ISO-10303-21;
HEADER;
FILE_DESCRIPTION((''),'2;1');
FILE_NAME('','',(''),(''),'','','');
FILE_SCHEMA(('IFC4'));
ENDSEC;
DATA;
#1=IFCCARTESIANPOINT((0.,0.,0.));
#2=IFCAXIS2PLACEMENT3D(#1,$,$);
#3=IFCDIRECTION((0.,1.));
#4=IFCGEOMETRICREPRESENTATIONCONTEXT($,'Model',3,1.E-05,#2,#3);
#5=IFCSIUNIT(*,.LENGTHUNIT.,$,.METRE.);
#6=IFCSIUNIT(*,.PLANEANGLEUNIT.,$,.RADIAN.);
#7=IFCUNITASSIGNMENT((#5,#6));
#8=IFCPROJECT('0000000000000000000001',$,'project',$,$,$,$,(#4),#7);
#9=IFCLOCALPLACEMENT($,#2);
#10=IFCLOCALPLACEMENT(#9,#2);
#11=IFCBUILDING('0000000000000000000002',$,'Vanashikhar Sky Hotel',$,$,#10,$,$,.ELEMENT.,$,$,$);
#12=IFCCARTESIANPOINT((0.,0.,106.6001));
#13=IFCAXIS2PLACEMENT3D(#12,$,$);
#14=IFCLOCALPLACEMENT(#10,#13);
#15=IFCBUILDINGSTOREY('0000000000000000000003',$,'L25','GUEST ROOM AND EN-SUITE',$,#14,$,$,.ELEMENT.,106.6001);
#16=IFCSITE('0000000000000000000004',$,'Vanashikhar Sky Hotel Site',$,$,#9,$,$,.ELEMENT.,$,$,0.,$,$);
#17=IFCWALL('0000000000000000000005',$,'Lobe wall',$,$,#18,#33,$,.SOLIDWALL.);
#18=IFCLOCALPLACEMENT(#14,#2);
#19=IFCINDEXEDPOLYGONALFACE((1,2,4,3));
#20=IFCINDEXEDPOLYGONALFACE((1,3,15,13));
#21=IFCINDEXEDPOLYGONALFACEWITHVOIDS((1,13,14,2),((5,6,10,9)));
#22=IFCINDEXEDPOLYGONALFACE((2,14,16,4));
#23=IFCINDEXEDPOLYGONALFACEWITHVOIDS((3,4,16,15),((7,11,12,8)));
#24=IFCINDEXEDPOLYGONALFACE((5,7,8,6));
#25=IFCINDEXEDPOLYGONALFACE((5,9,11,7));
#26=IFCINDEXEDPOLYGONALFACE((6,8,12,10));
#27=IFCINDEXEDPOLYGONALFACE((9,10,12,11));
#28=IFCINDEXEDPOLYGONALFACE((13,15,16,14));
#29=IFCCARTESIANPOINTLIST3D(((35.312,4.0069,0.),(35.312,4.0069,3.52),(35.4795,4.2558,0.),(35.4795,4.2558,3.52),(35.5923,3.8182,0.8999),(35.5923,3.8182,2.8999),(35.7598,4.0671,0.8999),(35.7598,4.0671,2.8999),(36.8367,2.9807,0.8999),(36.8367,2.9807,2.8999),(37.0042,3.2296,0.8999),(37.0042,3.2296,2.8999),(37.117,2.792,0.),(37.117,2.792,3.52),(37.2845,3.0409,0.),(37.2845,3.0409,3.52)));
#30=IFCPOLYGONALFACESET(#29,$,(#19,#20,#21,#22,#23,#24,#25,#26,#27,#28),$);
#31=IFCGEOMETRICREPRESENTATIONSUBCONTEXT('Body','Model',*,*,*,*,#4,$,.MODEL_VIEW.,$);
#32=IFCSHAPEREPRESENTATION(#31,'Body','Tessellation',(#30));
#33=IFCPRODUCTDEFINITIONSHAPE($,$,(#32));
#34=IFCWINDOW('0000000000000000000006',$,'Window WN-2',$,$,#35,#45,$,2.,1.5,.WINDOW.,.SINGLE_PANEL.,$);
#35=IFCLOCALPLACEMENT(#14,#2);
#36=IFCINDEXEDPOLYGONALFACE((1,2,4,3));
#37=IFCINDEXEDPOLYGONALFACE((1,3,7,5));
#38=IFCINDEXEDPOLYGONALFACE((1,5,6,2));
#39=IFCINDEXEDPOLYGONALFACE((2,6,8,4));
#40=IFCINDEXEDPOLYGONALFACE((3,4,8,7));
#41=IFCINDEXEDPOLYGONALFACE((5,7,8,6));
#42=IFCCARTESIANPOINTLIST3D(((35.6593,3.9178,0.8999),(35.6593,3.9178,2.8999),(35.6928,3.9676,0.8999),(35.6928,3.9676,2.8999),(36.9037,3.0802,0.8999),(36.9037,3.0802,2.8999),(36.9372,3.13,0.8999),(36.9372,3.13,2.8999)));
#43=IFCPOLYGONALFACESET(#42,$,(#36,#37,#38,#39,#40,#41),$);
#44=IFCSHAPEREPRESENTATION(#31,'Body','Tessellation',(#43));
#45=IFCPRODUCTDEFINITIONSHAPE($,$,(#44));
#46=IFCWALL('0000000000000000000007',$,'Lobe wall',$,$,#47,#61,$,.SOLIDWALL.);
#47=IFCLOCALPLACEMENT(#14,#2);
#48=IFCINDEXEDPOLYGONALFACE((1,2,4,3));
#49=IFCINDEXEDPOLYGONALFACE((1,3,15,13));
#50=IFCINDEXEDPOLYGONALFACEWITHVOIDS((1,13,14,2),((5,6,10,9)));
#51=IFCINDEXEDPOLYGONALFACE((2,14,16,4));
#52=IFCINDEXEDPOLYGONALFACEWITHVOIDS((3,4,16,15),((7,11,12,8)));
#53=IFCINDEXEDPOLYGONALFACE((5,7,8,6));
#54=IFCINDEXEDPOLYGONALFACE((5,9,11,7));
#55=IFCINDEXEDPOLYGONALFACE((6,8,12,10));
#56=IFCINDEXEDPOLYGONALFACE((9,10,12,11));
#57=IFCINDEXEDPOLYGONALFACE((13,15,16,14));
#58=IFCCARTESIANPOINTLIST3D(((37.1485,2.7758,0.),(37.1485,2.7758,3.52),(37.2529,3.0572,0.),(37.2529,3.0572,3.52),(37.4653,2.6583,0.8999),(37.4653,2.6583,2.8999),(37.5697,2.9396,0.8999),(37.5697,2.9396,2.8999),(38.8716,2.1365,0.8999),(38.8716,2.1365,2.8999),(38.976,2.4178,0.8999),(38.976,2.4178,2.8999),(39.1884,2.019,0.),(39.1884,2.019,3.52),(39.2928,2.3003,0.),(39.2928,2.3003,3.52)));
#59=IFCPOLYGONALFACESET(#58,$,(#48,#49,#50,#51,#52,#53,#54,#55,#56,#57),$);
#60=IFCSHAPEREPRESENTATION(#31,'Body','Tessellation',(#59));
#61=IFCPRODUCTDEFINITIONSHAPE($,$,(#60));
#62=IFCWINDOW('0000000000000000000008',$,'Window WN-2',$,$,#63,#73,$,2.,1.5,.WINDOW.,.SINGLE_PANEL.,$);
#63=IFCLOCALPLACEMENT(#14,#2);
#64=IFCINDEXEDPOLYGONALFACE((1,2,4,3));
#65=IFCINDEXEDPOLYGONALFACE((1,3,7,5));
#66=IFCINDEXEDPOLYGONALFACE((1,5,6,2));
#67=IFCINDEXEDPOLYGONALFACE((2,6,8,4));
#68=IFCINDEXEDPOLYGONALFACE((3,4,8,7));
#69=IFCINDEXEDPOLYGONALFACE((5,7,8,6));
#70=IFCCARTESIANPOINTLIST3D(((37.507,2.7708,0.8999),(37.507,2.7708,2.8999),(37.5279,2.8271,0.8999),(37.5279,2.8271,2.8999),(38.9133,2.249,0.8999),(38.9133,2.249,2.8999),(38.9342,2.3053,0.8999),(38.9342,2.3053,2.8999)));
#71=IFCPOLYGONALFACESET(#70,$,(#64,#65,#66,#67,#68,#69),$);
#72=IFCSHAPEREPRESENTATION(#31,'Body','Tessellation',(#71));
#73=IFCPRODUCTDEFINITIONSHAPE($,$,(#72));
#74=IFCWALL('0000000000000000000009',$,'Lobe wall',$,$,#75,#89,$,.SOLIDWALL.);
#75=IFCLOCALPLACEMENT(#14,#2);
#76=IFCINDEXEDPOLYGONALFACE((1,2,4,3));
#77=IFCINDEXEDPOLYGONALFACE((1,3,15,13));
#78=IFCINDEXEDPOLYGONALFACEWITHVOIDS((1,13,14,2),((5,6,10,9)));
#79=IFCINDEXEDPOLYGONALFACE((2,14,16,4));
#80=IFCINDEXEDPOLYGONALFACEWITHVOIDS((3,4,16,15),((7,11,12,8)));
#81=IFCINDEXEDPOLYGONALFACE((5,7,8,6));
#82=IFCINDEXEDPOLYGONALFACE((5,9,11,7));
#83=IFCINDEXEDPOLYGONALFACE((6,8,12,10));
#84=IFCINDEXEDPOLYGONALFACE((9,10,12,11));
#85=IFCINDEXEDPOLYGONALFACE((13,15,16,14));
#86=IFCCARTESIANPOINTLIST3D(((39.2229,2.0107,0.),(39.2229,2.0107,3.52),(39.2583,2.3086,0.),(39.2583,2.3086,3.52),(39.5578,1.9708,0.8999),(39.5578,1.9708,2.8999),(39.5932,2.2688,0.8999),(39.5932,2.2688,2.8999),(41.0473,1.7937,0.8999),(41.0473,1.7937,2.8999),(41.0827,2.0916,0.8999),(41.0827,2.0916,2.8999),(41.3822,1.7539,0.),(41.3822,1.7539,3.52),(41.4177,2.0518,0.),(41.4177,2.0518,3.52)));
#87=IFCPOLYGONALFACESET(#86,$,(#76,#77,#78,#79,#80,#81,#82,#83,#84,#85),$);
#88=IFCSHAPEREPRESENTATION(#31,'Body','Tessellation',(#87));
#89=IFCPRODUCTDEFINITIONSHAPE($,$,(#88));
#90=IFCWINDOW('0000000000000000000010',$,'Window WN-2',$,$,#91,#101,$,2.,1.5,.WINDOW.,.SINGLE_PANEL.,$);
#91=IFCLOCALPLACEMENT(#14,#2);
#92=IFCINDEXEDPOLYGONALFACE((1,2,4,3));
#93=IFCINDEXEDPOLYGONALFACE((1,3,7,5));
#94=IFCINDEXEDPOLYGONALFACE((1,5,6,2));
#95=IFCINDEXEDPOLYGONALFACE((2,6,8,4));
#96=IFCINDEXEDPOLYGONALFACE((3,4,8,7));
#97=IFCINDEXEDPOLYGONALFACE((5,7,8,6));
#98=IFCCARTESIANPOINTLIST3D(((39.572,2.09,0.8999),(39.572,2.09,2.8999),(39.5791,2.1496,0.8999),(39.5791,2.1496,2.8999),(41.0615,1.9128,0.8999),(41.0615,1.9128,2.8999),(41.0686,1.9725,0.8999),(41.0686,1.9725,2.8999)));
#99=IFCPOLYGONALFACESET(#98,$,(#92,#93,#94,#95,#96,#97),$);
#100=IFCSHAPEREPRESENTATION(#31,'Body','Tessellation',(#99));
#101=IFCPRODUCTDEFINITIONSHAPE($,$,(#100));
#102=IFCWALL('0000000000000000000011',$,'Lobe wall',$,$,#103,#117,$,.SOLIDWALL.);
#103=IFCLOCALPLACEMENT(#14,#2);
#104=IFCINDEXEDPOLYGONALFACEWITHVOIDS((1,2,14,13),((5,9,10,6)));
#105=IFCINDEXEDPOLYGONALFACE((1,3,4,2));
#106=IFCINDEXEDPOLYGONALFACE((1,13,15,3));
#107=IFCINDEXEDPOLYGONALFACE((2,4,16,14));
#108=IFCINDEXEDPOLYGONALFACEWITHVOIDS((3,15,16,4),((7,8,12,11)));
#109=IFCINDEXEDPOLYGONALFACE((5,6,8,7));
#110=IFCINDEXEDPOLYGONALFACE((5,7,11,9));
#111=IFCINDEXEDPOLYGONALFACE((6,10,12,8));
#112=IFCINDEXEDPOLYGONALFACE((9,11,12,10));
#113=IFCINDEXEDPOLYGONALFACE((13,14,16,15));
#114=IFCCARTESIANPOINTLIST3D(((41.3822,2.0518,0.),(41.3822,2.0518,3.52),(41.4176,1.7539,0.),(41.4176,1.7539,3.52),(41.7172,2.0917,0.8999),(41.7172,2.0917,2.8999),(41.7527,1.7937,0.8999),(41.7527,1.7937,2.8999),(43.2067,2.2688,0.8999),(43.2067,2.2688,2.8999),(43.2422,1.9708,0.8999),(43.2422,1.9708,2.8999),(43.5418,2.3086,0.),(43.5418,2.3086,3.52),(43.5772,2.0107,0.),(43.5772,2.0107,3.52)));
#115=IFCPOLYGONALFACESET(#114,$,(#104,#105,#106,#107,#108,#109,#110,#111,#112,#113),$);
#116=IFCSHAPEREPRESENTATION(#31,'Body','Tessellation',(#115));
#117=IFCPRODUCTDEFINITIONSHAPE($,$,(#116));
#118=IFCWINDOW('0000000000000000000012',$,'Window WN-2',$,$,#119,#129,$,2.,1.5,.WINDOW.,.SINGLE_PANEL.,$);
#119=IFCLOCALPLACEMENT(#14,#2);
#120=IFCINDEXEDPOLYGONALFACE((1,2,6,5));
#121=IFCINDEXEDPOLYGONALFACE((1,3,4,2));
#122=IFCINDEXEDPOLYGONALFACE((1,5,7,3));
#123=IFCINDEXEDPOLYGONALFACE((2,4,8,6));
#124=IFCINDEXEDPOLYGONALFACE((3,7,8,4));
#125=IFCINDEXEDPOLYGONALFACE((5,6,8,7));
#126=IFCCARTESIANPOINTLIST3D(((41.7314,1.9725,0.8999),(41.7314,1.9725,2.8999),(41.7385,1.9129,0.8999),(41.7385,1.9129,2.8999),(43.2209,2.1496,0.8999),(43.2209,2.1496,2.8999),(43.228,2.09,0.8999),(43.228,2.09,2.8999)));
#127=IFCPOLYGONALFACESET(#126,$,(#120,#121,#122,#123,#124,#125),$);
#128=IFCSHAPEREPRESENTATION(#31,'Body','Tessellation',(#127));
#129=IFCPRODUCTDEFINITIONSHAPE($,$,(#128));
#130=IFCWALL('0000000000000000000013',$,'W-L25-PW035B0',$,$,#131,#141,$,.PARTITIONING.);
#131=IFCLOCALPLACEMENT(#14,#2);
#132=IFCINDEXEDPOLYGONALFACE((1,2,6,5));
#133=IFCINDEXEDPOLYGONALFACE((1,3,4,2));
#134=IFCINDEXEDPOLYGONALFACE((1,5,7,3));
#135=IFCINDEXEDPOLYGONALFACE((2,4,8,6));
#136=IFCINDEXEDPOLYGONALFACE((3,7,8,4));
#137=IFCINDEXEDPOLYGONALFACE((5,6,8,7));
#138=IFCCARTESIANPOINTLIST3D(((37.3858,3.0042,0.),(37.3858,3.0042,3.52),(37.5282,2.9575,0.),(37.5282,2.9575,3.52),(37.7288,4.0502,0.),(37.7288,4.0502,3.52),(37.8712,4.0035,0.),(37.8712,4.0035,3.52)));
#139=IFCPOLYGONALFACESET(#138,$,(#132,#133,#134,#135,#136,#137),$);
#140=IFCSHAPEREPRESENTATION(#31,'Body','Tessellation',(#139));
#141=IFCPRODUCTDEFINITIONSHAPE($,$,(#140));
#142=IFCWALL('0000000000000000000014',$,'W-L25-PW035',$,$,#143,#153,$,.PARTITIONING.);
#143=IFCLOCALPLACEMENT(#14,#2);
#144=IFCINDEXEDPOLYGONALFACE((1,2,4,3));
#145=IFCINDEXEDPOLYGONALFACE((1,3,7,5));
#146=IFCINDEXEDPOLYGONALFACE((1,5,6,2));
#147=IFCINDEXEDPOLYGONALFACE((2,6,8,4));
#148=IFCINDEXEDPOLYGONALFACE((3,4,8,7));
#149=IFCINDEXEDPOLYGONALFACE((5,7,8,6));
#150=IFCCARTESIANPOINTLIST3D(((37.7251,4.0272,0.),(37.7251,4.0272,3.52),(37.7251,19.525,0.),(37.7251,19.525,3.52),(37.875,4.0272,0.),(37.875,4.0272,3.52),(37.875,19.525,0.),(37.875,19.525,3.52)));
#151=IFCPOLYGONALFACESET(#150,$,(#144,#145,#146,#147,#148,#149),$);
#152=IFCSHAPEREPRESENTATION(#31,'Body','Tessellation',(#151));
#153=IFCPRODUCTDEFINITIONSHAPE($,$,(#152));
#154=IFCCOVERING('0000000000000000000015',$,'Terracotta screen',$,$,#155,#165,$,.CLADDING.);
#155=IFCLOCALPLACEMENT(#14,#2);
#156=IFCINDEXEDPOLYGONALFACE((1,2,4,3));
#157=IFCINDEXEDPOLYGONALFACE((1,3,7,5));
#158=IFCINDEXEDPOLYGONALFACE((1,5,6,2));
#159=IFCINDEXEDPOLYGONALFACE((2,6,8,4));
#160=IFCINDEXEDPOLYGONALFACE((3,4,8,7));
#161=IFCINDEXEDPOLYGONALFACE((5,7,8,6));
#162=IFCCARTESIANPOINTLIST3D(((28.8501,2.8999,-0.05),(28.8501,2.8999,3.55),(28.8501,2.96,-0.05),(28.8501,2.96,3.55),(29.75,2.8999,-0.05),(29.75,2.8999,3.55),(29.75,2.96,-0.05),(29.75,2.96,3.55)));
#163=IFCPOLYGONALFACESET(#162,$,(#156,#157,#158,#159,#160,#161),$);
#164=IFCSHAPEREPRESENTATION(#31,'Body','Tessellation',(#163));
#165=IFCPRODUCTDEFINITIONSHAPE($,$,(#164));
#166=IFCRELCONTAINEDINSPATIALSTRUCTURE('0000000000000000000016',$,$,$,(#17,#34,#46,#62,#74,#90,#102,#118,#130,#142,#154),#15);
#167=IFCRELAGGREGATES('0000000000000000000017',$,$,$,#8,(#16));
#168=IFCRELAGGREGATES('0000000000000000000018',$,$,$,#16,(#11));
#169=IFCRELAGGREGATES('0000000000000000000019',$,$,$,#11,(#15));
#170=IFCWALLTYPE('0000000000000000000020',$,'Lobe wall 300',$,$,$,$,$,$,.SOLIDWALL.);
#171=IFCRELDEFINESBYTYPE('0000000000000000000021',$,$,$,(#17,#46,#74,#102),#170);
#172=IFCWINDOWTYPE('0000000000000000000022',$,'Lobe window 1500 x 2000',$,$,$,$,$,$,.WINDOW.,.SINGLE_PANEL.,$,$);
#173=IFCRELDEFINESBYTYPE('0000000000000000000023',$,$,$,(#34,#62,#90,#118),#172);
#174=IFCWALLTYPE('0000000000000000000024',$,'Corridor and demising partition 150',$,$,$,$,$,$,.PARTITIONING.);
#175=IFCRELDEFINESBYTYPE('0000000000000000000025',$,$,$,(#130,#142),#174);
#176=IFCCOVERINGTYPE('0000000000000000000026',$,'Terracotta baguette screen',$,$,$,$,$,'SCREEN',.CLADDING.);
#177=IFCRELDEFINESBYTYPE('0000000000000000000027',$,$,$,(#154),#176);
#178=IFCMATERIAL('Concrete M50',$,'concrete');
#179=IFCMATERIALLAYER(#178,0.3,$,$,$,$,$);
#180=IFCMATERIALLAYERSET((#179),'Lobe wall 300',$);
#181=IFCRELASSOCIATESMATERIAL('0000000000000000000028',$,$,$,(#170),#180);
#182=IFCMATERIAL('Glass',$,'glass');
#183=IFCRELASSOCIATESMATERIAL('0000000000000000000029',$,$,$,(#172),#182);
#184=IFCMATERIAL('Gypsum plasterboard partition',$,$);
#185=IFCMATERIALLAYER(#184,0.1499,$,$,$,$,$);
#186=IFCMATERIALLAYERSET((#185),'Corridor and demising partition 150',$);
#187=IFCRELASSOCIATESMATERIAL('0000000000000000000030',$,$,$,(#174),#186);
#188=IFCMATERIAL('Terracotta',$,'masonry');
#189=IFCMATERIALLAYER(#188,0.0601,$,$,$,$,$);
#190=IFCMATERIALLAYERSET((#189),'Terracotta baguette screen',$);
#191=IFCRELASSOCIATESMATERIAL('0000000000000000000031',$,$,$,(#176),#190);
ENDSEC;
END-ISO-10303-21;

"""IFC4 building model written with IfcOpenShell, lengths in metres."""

from ifc_helpers import new_model, si_unit, direction, frame, frame_2d, origin, origin_2d, place, context, subcontext, project, spatial, rectangle, extrude, source, transform, mapped, material, layer, layer_set, type_object, element, fill, save


model = new_model("IFC4")

# Units and contexts
model_context = context("Model", 3, precision=1e-05, world=origin(), true_north=direction((0.0, 1.0)))
body_context = subcontext(model_context, "Body", "Model", "MODEL_VIEW")
ifc_project = project(units=[si_unit("LENGTHUNIT", "METRE"), si_unit("PLANEANGLEUNIT", "RADIAN")], contexts=[model_context])

# Site, building, storey
site_placement = place(None, origin())
site = spatial("IfcSite", under=ifc_project, at=site_placement, Name="Vanashikhar Sky Hotel Site", CompositionType="ELEMENT", RefElevation=0.0)
building_placement = place(site_placement, origin())
building = spatial("IfcBuilding", under=site, at=building_placement, Name="Vanashikhar Sky Hotel", CompositionType="ELEMENT")
storey_placement = place(building_placement, frame((0.0, 0.0, 106.6001)))
storey = spatial("IfcBuildingStorey", under=building, at=storey_placement, Name="L25", Description="GUEST ROOM AND EN-SUITE", CompositionType="ELEMENT", Elevation=106.6001)

# Walls, openings, windows
ifc_material_1 = material(Name="Concrete M50", Category="concrete")
ifc_layer_1 = layer(ifc_material_1, 0.3)
ifc_layer_set_1 = layer_set([ifc_layer_1], Name="Lobe wall 300")
wall_type_1 = type_object("IfcWallType", Name="Lobe wall 300", PredefinedType="SOLIDWALL", material=ifc_layer_set_1)
shared_shape_1 = source(origin(), body_context, "Body", "SweptSolid", [
    extrude(rectangle(XDim=2.1758, YDim=0.3, at=frame_2d((1.0879, 0.0))), origin(), (0.0, 0.0, 1.0), 3.52),
])
wall_1_placement = place(storey_placement, frame((35.3958, 4.1313, 0.0), z_axis=(0.0, 0.0, 1.0), x_axis=(0.829591, -0.558372, 0.0)))
wall_1 = element("IfcWall", 1, at=wall_1_placement, inside=storey, type_object=wall_type_1, Name="Lobe wall", PredefinedType="SOLIDWALL", context=body_context, shape_type="MappedRepresentation", body=[
    mapped(shared_shape_1, transform((0.0, 0.0, 0.0), scale=1.0)),
])
shared_shape_2 = source(origin(), body_context, "Body", "SweptSolid", [
    extrude(rectangle(XDim=1.5, YDim=2.0, at=frame_2d((0.75, 1.0))), frame((0.0, 0.1602, 0.0), z_axis=(0.0, -1.0, 0.0), x_axis=(1.0, 0.0, 0.0)), (0.0, 0.0, 1.0), 0.3201),
])
opening_1_placement = place(wall_1_placement, frame((0.3379, 0.0, 0.8999)))
opening_1 = element("IfcOpeningElement", 2, at=opening_1_placement, cuts=wall_1, PredefinedType="OPENING", context=body_context, shape_type="MappedRepresentation", body=[
    mapped(shared_shape_2, transform((0.0, 0.0, 0.0), scale=1.0)),
])
ifc_material_2 = material(Name="Glass", Category="glass")
window_type = type_object("IfcWindowType", Name="Lobe window 1500 x 2000", PartitioningType="SINGLE_PANEL", PredefinedType="WINDOW", material=ifc_material_2)
shared_shape_3 = source(origin(), body_context, "Body", "SweptSolid", [
    extrude(rectangle(XDim=1.5, YDim=2.0, at=frame_2d((0.75, 1.0))), frame((0.0, 0.03, 0.0), z_axis=(0.0, -1.0, 0.0), x_axis=(1.0, 0.0, 0.0)), (0.0, 0.0, 1.0), 0.0601),
])
window_1_placement = place(opening_1_placement, origin())
window_1 = element("IfcWindow", 3, at=window_1_placement, inside=storey, type_object=window_type, Name="Window WN-2", OverallHeight=2.0, OverallWidth=1.5, PartitioningType="SINGLE_PANEL", PredefinedType="WINDOW", context=body_context, shape_type="MappedRepresentation", body=[
    mapped(shared_shape_3, transform((0.0, 0.0, 0.0), scale=1.0)),
])
fill(opening_1, window_1)
wall_2_placement = place(storey_placement, frame((37.2007, 2.9165, 0.0), z_axis=(0.0, 0.0, 1.0), x_axis=(0.937546, -0.347863, 0.0)))
wall_2 = element("IfcWall", 4, at=wall_2_placement, inside=storey, type_object=wall_type_1, Name="Lobe wall", PredefinedType="SOLIDWALL", context=body_context, shape_type="MappedRepresentation", body=[
    mapped(shared_shape_1, transform((0.0, 0.0, 0.0), scale=1.0)),
])
opening_2_placement = place(wall_2_placement, frame((0.3379, 0.0, 0.8999)))
opening_2 = element("IfcOpeningElement", 5, at=opening_2_placement, cuts=wall_2, PredefinedType="OPENING", context=body_context, shape_type="MappedRepresentation", body=[
    mapped(shared_shape_2, transform((0.0, 0.0, 0.0), scale=1.0)),
])
window_2_placement = place(opening_2_placement, origin())
window_2 = element("IfcWindow", 6, at=window_2_placement, inside=storey, type_object=window_type, Name="Window WN-2", OverallHeight=2.0, OverallWidth=1.5, PartitioningType="SINGLE_PANEL", PredefinedType="WINDOW", context=body_context, shape_type="MappedRepresentation", body=[
    mapped(shared_shape_3, transform((0.0, 0.0, 0.0), scale=1.0)),
])
fill(opening_2, window_2)
shared_shape_4 = source(origin(), body_context, "Body", "SweptSolid", [
    extrude(rectangle(XDim=2.1746, YDim=0.3, at=frame_2d((1.0874, 0.0))), origin(), (0.0, 0.0, 1.0), 3.52),
])
wall_3_placement = place(storey_placement, frame((39.2405, 2.1597, 0.0), z_axis=(0.0, 0.0, 1.0), x_axis=(0.993001, -0.118105, 0.0)))
wall_3 = element("IfcWall", 7, at=wall_3_placement, inside=storey, type_object=wall_type_1, Name="Lobe wall", PredefinedType="SOLIDWALL", context=body_context, shape_type="MappedRepresentation", body=[
    mapped(shared_shape_4, transform((0.0, 0.0, 0.0), scale=1.0)),
])
opening_3_placement = place(wall_3_placement, frame((0.3374, 0.0, 0.8999)))
opening_3 = element("IfcOpeningElement", 8, at=opening_3_placement, cuts=wall_3, PredefinedType="OPENING", context=body_context, shape_type="MappedRepresentation", body=[
    mapped(shared_shape_2, transform((0.0, 0.0, 0.0), scale=1.0)),
])
window_3_placement = place(opening_3_placement, origin())
window_3 = element("IfcWindow", 9, at=window_3_placement, inside=storey, type_object=window_type, Name="Window WN-2", OverallHeight=2.0, OverallWidth=1.5, PartitioningType="SINGLE_PANEL", PredefinedType="WINDOW", context=body_context, shape_type="MappedRepresentation", body=[
    mapped(shared_shape_3, transform((0.0, 0.0, 0.0), scale=1.0)),
])
fill(opening_3, window_3)
shared_shape_5 = source(origin(), body_context, "Body", "SweptSolid", [
    extrude(rectangle(XDim=2.1748, YDim=0.3, at=frame_2d((1.0874, 0.0))), origin(), (0.0, 0.0, 1.0), 3.52),
])
wall_4_placement = place(storey_placement, frame((41.3999, 1.9028, 0.0), z_axis=(0.0, 0.0, 1.0), x_axis=(0.993003, 0.118092, 0.0)))
wall_4 = element("IfcWall", 10, at=wall_4_placement, inside=storey, type_object=wall_type_1, Name="Lobe wall", PredefinedType="SOLIDWALL", context=body_context, shape_type="MappedRepresentation", body=[
    mapped(shared_shape_5, transform((0.0, 0.0, 0.0), scale=1.0)),
])
opening_4_placement = place(wall_4_placement, frame((0.3374, 0.0, 0.8999)))
opening_4 = element("IfcOpeningElement", 11, at=opening_4_placement, cuts=wall_4, PredefinedType="OPENING", context=body_context, shape_type="MappedRepresentation", body=[
    mapped(shared_shape_2, transform((0.0, 0.0, 0.0), scale=1.0)),
])
window_4_placement = place(opening_4_placement, origin())
window_4 = element("IfcWindow", 12, at=window_4_placement, inside=storey, type_object=window_type, Name="Window WN-2", OverallHeight=2.0, OverallWidth=1.5, PartitioningType="SINGLE_PANEL", PredefinedType="WINDOW", context=body_context, shape_type="MappedRepresentation", body=[
    mapped(shared_shape_3, transform((0.0, 0.0, 0.0), scale=1.0)),
])
fill(opening_4, window_4)

# Walls
ifc_material_3 = material(Name="Gypsum plasterboard partition")
ifc_layer_2 = layer(ifc_material_3, 0.1499)
ifc_layer_set_2 = layer_set([ifc_layer_2], Name="Corridor and demising partition 150")
wall_type_2 = type_object("IfcWallType", Name="Corridor and demising partition 150", PredefinedType="PARTITIONING", material=ifc_layer_set_2)
shared_shape_6 = source(origin(), body_context, "Body", "SweptSolid", [
    extrude(rectangle(XDim=1.1008, YDim=0.1499, at=frame_2d((0.5503, 0.0))), origin(), (0.0, 0.0, 1.0), 3.52),
])
wall_5_placement = place(storey_placement, frame((37.457, 2.981, 0.0), z_axis=(0.0, 0.0, 1.0), x_axis=(0.311567, 0.950224, 0.0)))
element("IfcWall", 13, at=wall_5_placement, inside=storey, type_object=wall_type_2, Name="W-L25-PW035B0", PredefinedType="PARTITIONING", context=body_context, shape_type="MappedRepresentation", body=[
    mapped(shared_shape_6, transform((0.0, 0.0, 0.0), scale=1.0)),
])
shared_shape_7 = source(origin(), body_context, "Body", "SweptSolid", [
    extrude(rectangle(XDim=15.4978, YDim=0.1499, at=frame_2d((7.749, 0.0))), origin(), (0.0, 0.0, 1.0), 3.52),
])
wall_6_placement = place(storey_placement, frame((37.8, 4.0271, 0.0), z_axis=(0.0, 0.0, 1.0), x_axis=(0.0, 1.0, 0.0)))
element("IfcWall", 14, at=wall_6_placement, inside=storey, type_object=wall_type_2, Name="W-L25-PW035", PredefinedType="PARTITIONING", context=body_context, shape_type="MappedRepresentation", body=[
    mapped(shared_shape_7, transform((0.0, 0.0, 0.0), scale=1.0)),
])

# Covering
ifc_material_4 = material(Name="Terracotta", Category="masonry")
ifc_layer_3 = layer(ifc_material_4, 0.0601)
ifc_layer_set_3 = layer_set([ifc_layer_3], Name="Terracotta baguette screen")
covering_type_1 = type_object("IfcCoveringType", Name="Terracotta baguette screen", ElementType="SCREEN", PredefinedType="CLADDING", material=ifc_layer_set_3)
shared_shape_8 = source(origin(), body_context, "Body", "SweptSolid", [
    extrude(rectangle(XDim=0.8999, YDim=0.0601, at=origin_2d()), origin(), (0.0, 0.0, 1.0), 3.6001),
])
for number, where, z_axis, x_axis, name in (
    (15, (29.3, 2.9299, -0.05), (0.0, 0.0, 1.0), (1.0, 0.0, 0.0), "Terracotta screen"),
):
    element("IfcCovering", number, at=place(storey_placement, frame(where, z_axis=z_axis, x_axis=x_axis)), inside=storey, type_object=covering_type_1, Name=name, PredefinedType="CLADDING", context=body_context, shape_type="MappedRepresentation", body=[
        mapped(shared_shape_8, transform((0.0, 0.0, 0.0), scale=1.0)),
    ])

save(model, "model.ifc")
